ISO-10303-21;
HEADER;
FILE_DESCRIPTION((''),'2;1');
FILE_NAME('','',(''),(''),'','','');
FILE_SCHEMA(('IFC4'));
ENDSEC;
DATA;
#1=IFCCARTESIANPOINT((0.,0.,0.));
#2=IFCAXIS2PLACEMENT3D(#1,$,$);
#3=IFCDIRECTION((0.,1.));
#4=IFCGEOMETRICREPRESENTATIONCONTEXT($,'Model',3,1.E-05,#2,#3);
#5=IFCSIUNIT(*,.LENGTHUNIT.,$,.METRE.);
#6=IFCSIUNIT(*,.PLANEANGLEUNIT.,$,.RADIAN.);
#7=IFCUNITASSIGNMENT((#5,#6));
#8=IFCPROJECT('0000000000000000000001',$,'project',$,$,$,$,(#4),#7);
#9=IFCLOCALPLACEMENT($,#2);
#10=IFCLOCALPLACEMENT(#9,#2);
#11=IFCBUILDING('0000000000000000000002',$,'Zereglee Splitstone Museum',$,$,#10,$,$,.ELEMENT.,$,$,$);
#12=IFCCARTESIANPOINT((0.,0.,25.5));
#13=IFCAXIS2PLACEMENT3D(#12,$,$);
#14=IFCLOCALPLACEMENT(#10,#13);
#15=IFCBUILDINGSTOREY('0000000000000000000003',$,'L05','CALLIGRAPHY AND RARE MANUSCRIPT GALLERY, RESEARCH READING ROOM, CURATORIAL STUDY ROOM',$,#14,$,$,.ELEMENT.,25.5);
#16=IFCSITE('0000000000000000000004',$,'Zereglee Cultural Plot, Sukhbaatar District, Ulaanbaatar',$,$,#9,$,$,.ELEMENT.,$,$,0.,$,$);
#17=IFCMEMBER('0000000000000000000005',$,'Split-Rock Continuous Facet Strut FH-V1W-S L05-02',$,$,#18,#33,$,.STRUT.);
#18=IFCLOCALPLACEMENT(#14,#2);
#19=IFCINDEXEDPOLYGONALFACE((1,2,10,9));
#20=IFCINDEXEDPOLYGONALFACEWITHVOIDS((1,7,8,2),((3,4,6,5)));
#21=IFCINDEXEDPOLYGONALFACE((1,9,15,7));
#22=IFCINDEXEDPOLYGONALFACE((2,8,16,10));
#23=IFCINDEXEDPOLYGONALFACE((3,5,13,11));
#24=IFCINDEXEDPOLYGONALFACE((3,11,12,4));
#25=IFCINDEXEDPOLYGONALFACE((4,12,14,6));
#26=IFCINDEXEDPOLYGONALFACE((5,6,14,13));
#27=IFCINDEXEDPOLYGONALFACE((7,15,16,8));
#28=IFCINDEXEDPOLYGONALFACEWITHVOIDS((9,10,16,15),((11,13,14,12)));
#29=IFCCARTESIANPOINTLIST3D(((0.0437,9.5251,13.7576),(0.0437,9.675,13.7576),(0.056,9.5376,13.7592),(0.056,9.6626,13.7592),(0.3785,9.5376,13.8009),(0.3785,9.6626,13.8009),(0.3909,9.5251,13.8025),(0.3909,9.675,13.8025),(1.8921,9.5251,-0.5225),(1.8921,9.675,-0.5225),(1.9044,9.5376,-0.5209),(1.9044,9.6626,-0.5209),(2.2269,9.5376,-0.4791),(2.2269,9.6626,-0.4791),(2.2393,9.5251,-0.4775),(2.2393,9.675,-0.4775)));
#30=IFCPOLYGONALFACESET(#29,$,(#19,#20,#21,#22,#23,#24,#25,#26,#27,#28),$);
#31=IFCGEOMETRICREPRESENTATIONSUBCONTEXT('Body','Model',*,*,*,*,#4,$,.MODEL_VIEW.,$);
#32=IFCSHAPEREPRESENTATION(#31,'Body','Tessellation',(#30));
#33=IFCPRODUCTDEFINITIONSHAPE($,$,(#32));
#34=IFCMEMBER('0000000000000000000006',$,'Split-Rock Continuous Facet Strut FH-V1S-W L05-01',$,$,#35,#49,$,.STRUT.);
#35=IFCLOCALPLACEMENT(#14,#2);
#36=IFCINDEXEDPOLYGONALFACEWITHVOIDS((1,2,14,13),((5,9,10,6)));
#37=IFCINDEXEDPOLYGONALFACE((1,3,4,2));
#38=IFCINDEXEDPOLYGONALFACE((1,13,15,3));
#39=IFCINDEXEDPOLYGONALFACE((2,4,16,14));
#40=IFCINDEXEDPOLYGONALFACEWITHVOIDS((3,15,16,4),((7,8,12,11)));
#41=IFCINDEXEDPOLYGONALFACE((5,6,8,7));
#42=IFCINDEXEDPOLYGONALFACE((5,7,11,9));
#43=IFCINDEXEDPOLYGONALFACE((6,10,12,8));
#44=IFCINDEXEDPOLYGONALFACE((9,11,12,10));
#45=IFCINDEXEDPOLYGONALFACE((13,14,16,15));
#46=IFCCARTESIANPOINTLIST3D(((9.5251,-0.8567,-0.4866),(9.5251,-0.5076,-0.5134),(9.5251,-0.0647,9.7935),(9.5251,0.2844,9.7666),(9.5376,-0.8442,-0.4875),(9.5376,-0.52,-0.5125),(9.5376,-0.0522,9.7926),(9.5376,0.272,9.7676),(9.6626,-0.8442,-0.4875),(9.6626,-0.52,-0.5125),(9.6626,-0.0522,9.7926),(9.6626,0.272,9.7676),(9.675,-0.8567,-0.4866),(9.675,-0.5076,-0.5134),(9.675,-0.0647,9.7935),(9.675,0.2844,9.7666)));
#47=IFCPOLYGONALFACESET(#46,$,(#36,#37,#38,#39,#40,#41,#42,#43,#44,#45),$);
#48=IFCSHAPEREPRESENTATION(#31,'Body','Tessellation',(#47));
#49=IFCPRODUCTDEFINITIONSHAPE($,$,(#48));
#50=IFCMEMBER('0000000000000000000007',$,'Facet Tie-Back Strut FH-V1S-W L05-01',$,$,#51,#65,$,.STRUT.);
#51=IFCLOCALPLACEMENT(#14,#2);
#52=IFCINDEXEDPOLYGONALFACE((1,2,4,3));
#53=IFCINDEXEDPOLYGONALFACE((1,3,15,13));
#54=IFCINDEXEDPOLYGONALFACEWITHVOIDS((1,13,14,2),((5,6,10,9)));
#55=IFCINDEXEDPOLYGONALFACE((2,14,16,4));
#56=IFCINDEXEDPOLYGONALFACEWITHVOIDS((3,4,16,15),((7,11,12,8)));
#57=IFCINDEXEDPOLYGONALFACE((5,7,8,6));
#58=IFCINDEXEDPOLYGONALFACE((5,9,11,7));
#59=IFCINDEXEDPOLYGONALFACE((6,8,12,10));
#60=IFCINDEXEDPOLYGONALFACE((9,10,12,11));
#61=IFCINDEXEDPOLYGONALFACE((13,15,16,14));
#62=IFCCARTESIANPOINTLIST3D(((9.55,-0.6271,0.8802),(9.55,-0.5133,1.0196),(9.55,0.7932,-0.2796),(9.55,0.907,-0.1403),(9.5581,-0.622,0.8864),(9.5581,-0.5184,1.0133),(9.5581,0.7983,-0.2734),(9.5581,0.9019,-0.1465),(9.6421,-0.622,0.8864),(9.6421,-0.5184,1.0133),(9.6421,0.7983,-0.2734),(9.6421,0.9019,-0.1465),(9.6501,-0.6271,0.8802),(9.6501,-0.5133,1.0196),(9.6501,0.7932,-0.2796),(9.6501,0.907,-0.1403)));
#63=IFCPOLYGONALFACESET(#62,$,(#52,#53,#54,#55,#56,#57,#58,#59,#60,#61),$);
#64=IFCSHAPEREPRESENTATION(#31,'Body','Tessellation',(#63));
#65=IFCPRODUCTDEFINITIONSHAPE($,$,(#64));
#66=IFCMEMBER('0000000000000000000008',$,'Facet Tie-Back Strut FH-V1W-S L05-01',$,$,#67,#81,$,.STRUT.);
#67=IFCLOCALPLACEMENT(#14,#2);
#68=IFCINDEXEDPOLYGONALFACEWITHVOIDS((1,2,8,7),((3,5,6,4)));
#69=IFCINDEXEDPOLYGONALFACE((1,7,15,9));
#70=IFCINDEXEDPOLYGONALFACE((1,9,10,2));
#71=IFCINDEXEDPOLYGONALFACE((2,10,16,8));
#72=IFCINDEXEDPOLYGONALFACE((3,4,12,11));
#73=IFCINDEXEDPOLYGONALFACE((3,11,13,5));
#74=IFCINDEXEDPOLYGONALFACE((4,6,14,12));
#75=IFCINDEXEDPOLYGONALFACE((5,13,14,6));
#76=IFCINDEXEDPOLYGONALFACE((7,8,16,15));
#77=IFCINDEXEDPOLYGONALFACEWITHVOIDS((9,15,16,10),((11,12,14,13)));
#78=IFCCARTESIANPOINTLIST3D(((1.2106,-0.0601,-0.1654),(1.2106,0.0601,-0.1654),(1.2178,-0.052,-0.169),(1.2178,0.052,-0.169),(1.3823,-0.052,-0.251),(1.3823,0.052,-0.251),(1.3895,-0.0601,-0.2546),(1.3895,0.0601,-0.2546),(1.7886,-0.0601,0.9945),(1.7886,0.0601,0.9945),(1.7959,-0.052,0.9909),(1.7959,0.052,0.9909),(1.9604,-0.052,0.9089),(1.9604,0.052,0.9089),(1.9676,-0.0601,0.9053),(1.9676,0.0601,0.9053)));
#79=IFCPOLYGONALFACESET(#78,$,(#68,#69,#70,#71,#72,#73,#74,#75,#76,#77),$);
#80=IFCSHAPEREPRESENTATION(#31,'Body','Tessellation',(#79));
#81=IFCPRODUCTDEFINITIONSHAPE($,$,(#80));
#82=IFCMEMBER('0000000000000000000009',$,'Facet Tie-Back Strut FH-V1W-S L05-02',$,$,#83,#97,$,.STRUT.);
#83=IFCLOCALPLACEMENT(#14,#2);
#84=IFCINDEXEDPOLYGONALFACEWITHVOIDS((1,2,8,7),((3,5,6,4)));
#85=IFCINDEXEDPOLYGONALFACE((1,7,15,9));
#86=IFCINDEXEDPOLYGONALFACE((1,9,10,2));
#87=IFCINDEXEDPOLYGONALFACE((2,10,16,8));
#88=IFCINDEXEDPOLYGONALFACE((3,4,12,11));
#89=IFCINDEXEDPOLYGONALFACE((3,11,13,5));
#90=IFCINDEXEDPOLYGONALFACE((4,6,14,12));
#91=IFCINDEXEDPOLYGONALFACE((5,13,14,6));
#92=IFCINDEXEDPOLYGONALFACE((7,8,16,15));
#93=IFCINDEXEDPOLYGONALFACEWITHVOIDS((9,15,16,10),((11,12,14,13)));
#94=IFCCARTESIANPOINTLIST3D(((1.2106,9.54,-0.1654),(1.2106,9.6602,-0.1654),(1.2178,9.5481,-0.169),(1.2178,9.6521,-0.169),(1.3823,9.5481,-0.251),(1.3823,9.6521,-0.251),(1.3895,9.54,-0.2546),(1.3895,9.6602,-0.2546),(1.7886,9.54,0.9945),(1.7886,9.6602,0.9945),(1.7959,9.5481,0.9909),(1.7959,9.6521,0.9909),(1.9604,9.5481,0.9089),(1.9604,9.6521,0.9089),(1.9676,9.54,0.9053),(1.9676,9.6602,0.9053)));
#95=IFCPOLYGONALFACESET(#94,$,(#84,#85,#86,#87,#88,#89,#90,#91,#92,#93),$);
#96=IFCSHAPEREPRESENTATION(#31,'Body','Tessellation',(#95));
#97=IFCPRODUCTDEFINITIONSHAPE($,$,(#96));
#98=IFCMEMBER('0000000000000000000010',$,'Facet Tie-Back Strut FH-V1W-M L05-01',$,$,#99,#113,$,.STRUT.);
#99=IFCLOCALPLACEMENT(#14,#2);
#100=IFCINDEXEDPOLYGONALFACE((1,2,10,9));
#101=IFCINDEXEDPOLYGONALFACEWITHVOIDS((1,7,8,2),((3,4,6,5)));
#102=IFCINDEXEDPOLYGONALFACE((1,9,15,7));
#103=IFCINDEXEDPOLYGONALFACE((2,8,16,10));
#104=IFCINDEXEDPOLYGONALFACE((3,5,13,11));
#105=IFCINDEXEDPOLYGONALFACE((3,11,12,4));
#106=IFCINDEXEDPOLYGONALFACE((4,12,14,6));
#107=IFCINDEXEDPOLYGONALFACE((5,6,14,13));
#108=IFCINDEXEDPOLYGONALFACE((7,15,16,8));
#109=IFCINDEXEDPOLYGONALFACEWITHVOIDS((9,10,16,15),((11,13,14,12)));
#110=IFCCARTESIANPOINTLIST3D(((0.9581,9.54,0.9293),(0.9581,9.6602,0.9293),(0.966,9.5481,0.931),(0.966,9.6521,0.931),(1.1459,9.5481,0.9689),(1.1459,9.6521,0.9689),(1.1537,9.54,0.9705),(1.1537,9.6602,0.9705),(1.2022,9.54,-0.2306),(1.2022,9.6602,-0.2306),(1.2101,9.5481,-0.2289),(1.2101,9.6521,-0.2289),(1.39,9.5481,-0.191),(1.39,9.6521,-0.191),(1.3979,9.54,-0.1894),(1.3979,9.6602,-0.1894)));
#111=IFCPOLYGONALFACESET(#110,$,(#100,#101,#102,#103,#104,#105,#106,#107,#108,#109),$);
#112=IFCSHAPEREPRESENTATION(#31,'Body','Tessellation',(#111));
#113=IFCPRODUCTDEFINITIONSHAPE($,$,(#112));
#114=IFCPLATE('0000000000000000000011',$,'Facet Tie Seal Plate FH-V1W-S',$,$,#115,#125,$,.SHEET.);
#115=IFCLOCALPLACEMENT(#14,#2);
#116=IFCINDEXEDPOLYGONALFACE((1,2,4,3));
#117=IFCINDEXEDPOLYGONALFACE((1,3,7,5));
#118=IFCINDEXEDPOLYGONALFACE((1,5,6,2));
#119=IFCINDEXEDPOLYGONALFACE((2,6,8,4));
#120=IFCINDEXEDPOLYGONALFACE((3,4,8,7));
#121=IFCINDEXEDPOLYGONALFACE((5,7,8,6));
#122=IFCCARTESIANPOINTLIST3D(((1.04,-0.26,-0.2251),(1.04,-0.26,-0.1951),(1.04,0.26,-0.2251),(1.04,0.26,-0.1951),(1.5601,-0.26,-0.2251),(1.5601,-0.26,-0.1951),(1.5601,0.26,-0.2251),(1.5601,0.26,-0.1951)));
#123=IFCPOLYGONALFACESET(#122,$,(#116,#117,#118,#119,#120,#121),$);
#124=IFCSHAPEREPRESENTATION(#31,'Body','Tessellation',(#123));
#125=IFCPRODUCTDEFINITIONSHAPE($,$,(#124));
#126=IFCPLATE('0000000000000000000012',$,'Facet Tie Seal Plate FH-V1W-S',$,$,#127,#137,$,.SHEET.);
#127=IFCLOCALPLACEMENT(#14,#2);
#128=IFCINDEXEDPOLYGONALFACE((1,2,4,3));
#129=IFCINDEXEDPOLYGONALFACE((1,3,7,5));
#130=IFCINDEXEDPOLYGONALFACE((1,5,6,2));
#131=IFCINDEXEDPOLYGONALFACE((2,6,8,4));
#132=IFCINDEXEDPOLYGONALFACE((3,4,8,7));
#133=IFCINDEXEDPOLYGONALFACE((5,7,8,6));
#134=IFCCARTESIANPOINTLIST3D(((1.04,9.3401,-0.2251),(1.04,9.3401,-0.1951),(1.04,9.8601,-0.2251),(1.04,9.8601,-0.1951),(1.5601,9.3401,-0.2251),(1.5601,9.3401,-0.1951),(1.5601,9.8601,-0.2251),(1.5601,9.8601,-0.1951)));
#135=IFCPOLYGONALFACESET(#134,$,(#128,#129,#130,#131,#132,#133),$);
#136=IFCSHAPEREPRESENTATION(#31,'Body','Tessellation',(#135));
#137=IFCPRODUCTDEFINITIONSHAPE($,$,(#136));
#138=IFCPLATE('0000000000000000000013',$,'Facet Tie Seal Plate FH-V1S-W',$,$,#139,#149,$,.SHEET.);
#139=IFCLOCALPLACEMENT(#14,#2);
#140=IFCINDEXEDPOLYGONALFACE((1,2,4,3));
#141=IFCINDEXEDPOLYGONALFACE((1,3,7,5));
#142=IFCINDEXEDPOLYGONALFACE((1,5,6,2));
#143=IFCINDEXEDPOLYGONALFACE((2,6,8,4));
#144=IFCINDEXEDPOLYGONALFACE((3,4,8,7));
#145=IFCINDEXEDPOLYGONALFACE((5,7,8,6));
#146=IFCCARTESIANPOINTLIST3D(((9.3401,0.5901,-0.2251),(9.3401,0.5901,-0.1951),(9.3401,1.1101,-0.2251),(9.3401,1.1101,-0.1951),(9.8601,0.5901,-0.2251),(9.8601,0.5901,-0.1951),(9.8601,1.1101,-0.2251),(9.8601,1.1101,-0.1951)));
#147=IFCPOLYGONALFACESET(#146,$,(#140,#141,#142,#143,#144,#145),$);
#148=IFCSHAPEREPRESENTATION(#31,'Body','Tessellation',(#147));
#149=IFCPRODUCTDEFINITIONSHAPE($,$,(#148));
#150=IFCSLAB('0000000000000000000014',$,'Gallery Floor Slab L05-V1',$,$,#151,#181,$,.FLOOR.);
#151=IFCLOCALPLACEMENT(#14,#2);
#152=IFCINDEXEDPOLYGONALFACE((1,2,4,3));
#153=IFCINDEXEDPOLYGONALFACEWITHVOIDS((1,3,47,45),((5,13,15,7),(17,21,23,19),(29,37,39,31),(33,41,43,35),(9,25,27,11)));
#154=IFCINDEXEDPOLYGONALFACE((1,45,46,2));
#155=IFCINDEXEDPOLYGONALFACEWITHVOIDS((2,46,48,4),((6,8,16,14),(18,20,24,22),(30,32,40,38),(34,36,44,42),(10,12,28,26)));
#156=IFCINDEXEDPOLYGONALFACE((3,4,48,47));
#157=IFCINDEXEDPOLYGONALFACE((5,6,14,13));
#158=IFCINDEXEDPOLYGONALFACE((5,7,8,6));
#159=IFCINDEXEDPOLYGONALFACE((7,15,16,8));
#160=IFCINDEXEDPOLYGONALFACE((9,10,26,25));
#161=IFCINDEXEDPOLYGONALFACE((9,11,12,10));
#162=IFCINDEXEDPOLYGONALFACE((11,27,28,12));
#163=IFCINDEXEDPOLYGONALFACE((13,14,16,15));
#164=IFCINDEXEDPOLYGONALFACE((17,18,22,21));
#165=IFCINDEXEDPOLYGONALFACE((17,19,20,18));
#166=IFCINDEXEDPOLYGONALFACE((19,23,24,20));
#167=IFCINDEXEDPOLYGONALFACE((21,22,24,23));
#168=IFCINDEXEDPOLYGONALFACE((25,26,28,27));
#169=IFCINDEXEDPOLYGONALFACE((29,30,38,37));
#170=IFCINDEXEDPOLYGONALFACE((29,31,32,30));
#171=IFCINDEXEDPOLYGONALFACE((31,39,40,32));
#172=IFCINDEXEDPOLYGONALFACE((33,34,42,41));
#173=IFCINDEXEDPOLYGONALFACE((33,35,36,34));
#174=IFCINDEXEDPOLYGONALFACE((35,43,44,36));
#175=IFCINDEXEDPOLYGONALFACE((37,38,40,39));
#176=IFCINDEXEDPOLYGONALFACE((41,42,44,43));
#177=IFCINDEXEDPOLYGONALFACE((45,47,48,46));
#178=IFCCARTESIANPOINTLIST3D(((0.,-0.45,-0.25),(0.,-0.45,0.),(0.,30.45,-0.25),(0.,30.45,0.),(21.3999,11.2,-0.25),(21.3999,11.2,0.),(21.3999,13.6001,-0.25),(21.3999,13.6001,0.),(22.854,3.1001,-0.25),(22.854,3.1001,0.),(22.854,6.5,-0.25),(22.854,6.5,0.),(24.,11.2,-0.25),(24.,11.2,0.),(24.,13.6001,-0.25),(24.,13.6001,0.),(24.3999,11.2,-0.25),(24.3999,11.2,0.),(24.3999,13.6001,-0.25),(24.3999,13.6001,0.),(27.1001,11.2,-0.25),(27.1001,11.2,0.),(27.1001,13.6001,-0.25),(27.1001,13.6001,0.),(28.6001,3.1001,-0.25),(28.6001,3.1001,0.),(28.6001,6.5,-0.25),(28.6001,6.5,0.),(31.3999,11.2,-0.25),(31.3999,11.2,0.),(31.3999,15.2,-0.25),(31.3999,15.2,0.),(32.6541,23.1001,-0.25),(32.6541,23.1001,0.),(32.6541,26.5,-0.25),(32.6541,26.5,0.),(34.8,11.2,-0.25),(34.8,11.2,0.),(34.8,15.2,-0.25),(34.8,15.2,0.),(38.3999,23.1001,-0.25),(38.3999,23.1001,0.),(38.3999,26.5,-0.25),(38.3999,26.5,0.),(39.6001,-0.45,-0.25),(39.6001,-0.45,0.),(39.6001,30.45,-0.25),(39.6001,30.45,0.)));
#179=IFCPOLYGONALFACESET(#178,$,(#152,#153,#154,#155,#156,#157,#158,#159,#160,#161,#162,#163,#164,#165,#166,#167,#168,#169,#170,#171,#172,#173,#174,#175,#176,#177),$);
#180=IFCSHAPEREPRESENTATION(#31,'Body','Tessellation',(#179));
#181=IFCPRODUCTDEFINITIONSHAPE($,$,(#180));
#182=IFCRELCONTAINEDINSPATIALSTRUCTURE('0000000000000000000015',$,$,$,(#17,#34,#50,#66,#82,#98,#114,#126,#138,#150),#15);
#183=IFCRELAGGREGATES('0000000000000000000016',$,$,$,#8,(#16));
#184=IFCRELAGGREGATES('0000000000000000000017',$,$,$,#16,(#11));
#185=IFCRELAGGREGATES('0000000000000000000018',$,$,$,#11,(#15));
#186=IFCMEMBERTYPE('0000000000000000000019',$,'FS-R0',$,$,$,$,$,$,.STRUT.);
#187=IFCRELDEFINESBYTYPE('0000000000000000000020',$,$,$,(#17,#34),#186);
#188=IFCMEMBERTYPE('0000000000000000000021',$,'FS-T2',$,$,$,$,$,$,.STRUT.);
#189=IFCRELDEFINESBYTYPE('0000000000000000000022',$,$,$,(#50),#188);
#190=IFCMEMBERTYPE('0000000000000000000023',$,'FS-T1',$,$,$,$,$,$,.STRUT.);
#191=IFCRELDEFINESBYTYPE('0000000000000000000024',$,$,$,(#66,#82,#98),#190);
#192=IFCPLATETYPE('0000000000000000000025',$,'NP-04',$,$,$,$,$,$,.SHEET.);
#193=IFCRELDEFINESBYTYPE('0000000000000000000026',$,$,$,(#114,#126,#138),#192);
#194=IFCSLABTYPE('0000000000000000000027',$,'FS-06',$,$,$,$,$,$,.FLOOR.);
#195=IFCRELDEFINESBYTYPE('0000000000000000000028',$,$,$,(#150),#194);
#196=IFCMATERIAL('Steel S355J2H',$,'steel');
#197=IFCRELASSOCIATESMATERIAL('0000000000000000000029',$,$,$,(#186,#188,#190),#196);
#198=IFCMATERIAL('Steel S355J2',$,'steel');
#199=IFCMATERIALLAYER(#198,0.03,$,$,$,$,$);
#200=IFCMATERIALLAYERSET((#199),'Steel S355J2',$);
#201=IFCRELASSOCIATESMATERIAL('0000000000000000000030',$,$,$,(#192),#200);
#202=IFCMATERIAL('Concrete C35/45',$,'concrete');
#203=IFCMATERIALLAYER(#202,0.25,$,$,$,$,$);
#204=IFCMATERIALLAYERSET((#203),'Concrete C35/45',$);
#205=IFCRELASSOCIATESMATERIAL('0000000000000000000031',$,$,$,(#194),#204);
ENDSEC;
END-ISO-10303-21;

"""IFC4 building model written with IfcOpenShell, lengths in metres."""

from ifc_helpers import new_model, si_unit, direction, frame, origin, origin_2d, place, context, subcontext, project, spatial, polyline, rectangle, hollow_rectangle, outline, extrude, material, layer, layer_set, material_profile, profile_set, type_object, element, save


model = new_model("IFC4")

# Units and contexts
model_context = context("Model", 3, precision=1e-05, world=origin(), true_north=direction((0.0, 1.0)))
body_context = subcontext(model_context, "Body", "Model", "MODEL_VIEW")
ifc_project = project(units=[si_unit("LENGTHUNIT", "METRE"), si_unit("PLANEANGLEUNIT", "RADIAN")], contexts=[model_context])

# Site, building, storey
site_placement = place(None, origin())
site = spatial("IfcSite", under=ifc_project, at=site_placement, Name="Zereglee Cultural Plot, Sukhbaatar District, Ulaanbaatar", CompositionType="ELEMENT", RefElevation=0.0)
building_placement = place(site_placement, origin())
building = spatial("IfcBuilding", under=site, at=building_placement, Name="Zereglee Splitstone Museum", CompositionType="ELEMENT")
storey_placement = place(building_placement, frame((0.0, 0.0, 25.5)))
storey = spatial("IfcBuildingStorey", under=building, at=storey_placement, Name="L05", Description="CALLIGRAPHY AND RARE MANUSCRIPT GALLERY, RESEARCH READING ROOM, CURATORIAL STUDY ROOM", CompositionType="ELEMENT", Elevation=25.5)

# Shared definitions
ifc_material_1 = material(Name="Steel S355J2H", Category="steel")

# Shared definitions
ifc_material_2 = material(Name="Steel S355J2", Category="steel")

# Members
ifc_material_profile_1 = material_profile(ifc_material_1, hollow_rectangle(XDim=0.1499, YDim=0.3501, WallThickness=0.0125, at=origin_2d()), Name="RHS 350x150x12.5")
ifc_profile_set_1 = profile_set([ifc_material_profile_1], Name="Steel S355J2H")
member_type_1 = type_object("IfcMemberType", Name="FS-R0", PredefinedType="STRUT", material=ifc_profile_set_1)
for number, where, z_axis, x_axis, name in (
    (1, (2.0657, 9.6001, -0.5), (-0.128368, 0.0, 0.991727), (0.0, -1.0, 0.0), "Split-Rock Continuous Facet Strut FH-V1W-S L05-02"),
):
    element("IfcMember", number, at=place(storey_placement, frame(where, z_axis=z_axis, x_axis=x_axis)), inside=storey, type_object=member_type_1, Name=name, PredefinedType="STRUT", context=body_context, shape_type="SweptSolid", body=[
        extrude(hollow_rectangle(XDim=0.1499, YDim=0.3501, WallThickness=0.0125, at=origin_2d()), origin(), (0.0, 0.0, 1.0), 14.3992),
    ])
member_1_placement = place(storey_placement, frame((9.6001, -0.6821, -0.5), z_axis=(0.0, 0.076814, 0.997045), x_axis=(-1.0, 0.0, 0.0)))
element("IfcMember", 2, at=member_1_placement, inside=storey, type_object=member_type_1, Name="Split-Rock Continuous Facet Strut FH-V1S-W L05-01", PredefinedType="STRUT", context=body_context, shape_type="SweptSolid", body=[
    extrude(hollow_rectangle(XDim=0.1499, YDim=0.3501, WallThickness=0.0125, at=origin_2d()), origin(), (0.0, 0.0, 1.0), 10.3105),
])
ifc_material_profile_2 = material_profile(ifc_material_1, hollow_rectangle(XDim=0.1001, YDim=0.1799, WallThickness=0.0081, at=origin_2d()), Name="RHS 180x100x8")
ifc_profile_set_2 = profile_set([ifc_material_profile_2], Name="Steel S355J2H")
member_type_2 = type_object("IfcMemberType", Name="FS-T2", PredefinedType="STRUT", material=ifc_profile_set_2)
member_2_placement = place(storey_placement, frame((9.6001, 0.8501, -0.21), z_axis=(0.0, -0.774556, 0.632505), x_axis=(1.0, 0.0, 0.0)))
element("IfcMember", 3, at=member_2_placement, inside=storey, type_object=member_type_2, Name="Facet Tie-Back Strut FH-V1S-W L05-01", PredefinedType="STRUT", context=body_context, shape_type="SweptSolid", body=[
    extrude(hollow_rectangle(XDim=0.1001, YDim=0.1799, WallThickness=0.0081, at=origin_2d()), origin(), (0.0, 0.0, 1.0), 1.8337),
])
ifc_material_profile_3 = material_profile(ifc_material_1, hollow_rectangle(XDim=0.1201, YDim=0.2, WallThickness=0.0081, at=origin_2d()), Name="RHS 200x120x8")
ifc_profile_set_3 = profile_set([ifc_material_profile_3], Name="Steel S355J2H")
member_type_3 = type_object("IfcMemberType", Name="FS-T1", PredefinedType="STRUT", material=ifc_profile_set_3)
for number, where, z_axis, x_axis, name in (
    (4, (1.3, 0.0, -0.21), (0.446083, 0.0, 0.894992), (0.0, 1.0, 0.0), "Facet Tie-Back Strut FH-V1W-S L05-01"),
    (5, (1.3, 9.6001, -0.21), (0.446083, 0.0, 0.894992), (0.0, 1.0, 0.0), "Facet Tie-Back Strut FH-V1W-S L05-02"),
):
    element("IfcMember", number, at=place(storey_placement, frame(where, z_axis=z_axis, x_axis=x_axis)), inside=storey, type_object=member_type_3, Name=name, PredefinedType="STRUT", context=body_context, shape_type="SweptSolid", body=[
        extrude(hollow_rectangle(XDim=0.1201, YDim=0.2, WallThickness=0.0081, at=origin_2d()), origin(), (0.0, 0.0, 1.0), 1.2959),
    ])
member_3_placement = place(storey_placement, frame((1.3, 9.6001, -0.21), z_axis=(-0.205969, 0.0, 0.978559), x_axis=(0.0, -1.0, 0.0)))
element("IfcMember", 6, at=member_3_placement, inside=storey, type_object=member_type_3, Name="Facet Tie-Back Strut FH-V1W-M L05-01", PredefinedType="STRUT", context=body_context, shape_type="SweptSolid", body=[
    extrude(hollow_rectangle(XDim=0.1201, YDim=0.2, WallThickness=0.0081, at=origin_2d()), origin(), (0.0, 0.0, 1.0), 1.1853),
])

# Plates
ifc_layer_1 = layer(ifc_material_2, 0.03)
ifc_layer_set_1 = layer_set([ifc_layer_1], Name="Steel S355J2")
plate_type = type_object("IfcPlateType", Name="NP-04", PredefinedType="SHEET", material=ifc_layer_set_1)
for number, where, z_axis, x_axis, name in (
    (7, (1.3, 0.0, -0.2251), (0.0, 0.0, 1.0), (1.0, 0.0, 0.0), "Facet Tie Seal Plate FH-V1W-S"),
    (8, (1.3, 9.6001, -0.2251), (0.0, 0.0, 1.0), (1.0, 0.0, 0.0), "Facet Tie Seal Plate FH-V1W-S"),
    (9, (9.6001, 0.8501, -0.2251), (0.0, 0.0, 1.0), (1.0, 0.0, 0.0), "Facet Tie Seal Plate FH-V1S-W"),
):
    element("IfcPlate", number, at=place(storey_placement, frame(where, z_axis=z_axis, x_axis=x_axis)), inside=storey, type_object=plate_type, Name=name, PredefinedType="SHEET", context=body_context, shape_type="SweptSolid", body=[
        extrude(rectangle(XDim=0.52, YDim=0.52, at=origin_2d()), origin(), (0.0, 0.0, 1.0), 0.03),
    ])

# Slab
ifc_material_3 = material(Name="Concrete C35/45", Category="concrete")
ifc_layer_2 = layer(ifc_material_3, 0.25)
ifc_layer_set_2 = layer_set([ifc_layer_2], Name="Concrete C35/45")
slab_type = type_object("IfcSlabType", Name="FS-06", PredefinedType="FLOOR", material=ifc_layer_set_2)
slab_placement = place(storey_placement, frame((0.0, 0.0, -0.25)))
element("IfcSlab", 10, at=slab_placement, inside=storey, type_object=slab_type, Name="Gallery Floor Slab L05-V1", PredefinedType="FLOOR", context=body_context, shape_type="SweptSolid", body=[
    extrude(outline(polyline([(0.0, -0.45), (39.6001, -0.45), (39.6001, 30.45), (0.0, 30.45), (0.0, -0.45)]), holes=[polyline([(22.854, 3.1001), (28.6001, 3.1001), (28.6001, 6.5), (22.854, 6.5), (22.854, 3.1001)]), polyline([(32.6541, 23.1001), (38.3999, 23.1001), (38.3999, 26.5), (32.6541, 26.5), (32.6541, 23.1001)]), polyline([(21.3999, 11.2), (24.0, 11.2), (24.0, 13.6001), (21.3999, 13.6001), (21.3999, 11.2)]), polyline([(24.3999, 11.2), (27.1001, 11.2), (27.1001, 13.6001), (24.3999, 13.6001), (24.3999, 11.2)]), polyline([(31.3999, 11.2), (34.8, 11.2), (34.8, 15.2), (31.3999, 15.2), (31.3999, 11.2)])]), origin(), (0.0, 0.0, 1.0), 0.25),
])

save(model, "model.ifc")
